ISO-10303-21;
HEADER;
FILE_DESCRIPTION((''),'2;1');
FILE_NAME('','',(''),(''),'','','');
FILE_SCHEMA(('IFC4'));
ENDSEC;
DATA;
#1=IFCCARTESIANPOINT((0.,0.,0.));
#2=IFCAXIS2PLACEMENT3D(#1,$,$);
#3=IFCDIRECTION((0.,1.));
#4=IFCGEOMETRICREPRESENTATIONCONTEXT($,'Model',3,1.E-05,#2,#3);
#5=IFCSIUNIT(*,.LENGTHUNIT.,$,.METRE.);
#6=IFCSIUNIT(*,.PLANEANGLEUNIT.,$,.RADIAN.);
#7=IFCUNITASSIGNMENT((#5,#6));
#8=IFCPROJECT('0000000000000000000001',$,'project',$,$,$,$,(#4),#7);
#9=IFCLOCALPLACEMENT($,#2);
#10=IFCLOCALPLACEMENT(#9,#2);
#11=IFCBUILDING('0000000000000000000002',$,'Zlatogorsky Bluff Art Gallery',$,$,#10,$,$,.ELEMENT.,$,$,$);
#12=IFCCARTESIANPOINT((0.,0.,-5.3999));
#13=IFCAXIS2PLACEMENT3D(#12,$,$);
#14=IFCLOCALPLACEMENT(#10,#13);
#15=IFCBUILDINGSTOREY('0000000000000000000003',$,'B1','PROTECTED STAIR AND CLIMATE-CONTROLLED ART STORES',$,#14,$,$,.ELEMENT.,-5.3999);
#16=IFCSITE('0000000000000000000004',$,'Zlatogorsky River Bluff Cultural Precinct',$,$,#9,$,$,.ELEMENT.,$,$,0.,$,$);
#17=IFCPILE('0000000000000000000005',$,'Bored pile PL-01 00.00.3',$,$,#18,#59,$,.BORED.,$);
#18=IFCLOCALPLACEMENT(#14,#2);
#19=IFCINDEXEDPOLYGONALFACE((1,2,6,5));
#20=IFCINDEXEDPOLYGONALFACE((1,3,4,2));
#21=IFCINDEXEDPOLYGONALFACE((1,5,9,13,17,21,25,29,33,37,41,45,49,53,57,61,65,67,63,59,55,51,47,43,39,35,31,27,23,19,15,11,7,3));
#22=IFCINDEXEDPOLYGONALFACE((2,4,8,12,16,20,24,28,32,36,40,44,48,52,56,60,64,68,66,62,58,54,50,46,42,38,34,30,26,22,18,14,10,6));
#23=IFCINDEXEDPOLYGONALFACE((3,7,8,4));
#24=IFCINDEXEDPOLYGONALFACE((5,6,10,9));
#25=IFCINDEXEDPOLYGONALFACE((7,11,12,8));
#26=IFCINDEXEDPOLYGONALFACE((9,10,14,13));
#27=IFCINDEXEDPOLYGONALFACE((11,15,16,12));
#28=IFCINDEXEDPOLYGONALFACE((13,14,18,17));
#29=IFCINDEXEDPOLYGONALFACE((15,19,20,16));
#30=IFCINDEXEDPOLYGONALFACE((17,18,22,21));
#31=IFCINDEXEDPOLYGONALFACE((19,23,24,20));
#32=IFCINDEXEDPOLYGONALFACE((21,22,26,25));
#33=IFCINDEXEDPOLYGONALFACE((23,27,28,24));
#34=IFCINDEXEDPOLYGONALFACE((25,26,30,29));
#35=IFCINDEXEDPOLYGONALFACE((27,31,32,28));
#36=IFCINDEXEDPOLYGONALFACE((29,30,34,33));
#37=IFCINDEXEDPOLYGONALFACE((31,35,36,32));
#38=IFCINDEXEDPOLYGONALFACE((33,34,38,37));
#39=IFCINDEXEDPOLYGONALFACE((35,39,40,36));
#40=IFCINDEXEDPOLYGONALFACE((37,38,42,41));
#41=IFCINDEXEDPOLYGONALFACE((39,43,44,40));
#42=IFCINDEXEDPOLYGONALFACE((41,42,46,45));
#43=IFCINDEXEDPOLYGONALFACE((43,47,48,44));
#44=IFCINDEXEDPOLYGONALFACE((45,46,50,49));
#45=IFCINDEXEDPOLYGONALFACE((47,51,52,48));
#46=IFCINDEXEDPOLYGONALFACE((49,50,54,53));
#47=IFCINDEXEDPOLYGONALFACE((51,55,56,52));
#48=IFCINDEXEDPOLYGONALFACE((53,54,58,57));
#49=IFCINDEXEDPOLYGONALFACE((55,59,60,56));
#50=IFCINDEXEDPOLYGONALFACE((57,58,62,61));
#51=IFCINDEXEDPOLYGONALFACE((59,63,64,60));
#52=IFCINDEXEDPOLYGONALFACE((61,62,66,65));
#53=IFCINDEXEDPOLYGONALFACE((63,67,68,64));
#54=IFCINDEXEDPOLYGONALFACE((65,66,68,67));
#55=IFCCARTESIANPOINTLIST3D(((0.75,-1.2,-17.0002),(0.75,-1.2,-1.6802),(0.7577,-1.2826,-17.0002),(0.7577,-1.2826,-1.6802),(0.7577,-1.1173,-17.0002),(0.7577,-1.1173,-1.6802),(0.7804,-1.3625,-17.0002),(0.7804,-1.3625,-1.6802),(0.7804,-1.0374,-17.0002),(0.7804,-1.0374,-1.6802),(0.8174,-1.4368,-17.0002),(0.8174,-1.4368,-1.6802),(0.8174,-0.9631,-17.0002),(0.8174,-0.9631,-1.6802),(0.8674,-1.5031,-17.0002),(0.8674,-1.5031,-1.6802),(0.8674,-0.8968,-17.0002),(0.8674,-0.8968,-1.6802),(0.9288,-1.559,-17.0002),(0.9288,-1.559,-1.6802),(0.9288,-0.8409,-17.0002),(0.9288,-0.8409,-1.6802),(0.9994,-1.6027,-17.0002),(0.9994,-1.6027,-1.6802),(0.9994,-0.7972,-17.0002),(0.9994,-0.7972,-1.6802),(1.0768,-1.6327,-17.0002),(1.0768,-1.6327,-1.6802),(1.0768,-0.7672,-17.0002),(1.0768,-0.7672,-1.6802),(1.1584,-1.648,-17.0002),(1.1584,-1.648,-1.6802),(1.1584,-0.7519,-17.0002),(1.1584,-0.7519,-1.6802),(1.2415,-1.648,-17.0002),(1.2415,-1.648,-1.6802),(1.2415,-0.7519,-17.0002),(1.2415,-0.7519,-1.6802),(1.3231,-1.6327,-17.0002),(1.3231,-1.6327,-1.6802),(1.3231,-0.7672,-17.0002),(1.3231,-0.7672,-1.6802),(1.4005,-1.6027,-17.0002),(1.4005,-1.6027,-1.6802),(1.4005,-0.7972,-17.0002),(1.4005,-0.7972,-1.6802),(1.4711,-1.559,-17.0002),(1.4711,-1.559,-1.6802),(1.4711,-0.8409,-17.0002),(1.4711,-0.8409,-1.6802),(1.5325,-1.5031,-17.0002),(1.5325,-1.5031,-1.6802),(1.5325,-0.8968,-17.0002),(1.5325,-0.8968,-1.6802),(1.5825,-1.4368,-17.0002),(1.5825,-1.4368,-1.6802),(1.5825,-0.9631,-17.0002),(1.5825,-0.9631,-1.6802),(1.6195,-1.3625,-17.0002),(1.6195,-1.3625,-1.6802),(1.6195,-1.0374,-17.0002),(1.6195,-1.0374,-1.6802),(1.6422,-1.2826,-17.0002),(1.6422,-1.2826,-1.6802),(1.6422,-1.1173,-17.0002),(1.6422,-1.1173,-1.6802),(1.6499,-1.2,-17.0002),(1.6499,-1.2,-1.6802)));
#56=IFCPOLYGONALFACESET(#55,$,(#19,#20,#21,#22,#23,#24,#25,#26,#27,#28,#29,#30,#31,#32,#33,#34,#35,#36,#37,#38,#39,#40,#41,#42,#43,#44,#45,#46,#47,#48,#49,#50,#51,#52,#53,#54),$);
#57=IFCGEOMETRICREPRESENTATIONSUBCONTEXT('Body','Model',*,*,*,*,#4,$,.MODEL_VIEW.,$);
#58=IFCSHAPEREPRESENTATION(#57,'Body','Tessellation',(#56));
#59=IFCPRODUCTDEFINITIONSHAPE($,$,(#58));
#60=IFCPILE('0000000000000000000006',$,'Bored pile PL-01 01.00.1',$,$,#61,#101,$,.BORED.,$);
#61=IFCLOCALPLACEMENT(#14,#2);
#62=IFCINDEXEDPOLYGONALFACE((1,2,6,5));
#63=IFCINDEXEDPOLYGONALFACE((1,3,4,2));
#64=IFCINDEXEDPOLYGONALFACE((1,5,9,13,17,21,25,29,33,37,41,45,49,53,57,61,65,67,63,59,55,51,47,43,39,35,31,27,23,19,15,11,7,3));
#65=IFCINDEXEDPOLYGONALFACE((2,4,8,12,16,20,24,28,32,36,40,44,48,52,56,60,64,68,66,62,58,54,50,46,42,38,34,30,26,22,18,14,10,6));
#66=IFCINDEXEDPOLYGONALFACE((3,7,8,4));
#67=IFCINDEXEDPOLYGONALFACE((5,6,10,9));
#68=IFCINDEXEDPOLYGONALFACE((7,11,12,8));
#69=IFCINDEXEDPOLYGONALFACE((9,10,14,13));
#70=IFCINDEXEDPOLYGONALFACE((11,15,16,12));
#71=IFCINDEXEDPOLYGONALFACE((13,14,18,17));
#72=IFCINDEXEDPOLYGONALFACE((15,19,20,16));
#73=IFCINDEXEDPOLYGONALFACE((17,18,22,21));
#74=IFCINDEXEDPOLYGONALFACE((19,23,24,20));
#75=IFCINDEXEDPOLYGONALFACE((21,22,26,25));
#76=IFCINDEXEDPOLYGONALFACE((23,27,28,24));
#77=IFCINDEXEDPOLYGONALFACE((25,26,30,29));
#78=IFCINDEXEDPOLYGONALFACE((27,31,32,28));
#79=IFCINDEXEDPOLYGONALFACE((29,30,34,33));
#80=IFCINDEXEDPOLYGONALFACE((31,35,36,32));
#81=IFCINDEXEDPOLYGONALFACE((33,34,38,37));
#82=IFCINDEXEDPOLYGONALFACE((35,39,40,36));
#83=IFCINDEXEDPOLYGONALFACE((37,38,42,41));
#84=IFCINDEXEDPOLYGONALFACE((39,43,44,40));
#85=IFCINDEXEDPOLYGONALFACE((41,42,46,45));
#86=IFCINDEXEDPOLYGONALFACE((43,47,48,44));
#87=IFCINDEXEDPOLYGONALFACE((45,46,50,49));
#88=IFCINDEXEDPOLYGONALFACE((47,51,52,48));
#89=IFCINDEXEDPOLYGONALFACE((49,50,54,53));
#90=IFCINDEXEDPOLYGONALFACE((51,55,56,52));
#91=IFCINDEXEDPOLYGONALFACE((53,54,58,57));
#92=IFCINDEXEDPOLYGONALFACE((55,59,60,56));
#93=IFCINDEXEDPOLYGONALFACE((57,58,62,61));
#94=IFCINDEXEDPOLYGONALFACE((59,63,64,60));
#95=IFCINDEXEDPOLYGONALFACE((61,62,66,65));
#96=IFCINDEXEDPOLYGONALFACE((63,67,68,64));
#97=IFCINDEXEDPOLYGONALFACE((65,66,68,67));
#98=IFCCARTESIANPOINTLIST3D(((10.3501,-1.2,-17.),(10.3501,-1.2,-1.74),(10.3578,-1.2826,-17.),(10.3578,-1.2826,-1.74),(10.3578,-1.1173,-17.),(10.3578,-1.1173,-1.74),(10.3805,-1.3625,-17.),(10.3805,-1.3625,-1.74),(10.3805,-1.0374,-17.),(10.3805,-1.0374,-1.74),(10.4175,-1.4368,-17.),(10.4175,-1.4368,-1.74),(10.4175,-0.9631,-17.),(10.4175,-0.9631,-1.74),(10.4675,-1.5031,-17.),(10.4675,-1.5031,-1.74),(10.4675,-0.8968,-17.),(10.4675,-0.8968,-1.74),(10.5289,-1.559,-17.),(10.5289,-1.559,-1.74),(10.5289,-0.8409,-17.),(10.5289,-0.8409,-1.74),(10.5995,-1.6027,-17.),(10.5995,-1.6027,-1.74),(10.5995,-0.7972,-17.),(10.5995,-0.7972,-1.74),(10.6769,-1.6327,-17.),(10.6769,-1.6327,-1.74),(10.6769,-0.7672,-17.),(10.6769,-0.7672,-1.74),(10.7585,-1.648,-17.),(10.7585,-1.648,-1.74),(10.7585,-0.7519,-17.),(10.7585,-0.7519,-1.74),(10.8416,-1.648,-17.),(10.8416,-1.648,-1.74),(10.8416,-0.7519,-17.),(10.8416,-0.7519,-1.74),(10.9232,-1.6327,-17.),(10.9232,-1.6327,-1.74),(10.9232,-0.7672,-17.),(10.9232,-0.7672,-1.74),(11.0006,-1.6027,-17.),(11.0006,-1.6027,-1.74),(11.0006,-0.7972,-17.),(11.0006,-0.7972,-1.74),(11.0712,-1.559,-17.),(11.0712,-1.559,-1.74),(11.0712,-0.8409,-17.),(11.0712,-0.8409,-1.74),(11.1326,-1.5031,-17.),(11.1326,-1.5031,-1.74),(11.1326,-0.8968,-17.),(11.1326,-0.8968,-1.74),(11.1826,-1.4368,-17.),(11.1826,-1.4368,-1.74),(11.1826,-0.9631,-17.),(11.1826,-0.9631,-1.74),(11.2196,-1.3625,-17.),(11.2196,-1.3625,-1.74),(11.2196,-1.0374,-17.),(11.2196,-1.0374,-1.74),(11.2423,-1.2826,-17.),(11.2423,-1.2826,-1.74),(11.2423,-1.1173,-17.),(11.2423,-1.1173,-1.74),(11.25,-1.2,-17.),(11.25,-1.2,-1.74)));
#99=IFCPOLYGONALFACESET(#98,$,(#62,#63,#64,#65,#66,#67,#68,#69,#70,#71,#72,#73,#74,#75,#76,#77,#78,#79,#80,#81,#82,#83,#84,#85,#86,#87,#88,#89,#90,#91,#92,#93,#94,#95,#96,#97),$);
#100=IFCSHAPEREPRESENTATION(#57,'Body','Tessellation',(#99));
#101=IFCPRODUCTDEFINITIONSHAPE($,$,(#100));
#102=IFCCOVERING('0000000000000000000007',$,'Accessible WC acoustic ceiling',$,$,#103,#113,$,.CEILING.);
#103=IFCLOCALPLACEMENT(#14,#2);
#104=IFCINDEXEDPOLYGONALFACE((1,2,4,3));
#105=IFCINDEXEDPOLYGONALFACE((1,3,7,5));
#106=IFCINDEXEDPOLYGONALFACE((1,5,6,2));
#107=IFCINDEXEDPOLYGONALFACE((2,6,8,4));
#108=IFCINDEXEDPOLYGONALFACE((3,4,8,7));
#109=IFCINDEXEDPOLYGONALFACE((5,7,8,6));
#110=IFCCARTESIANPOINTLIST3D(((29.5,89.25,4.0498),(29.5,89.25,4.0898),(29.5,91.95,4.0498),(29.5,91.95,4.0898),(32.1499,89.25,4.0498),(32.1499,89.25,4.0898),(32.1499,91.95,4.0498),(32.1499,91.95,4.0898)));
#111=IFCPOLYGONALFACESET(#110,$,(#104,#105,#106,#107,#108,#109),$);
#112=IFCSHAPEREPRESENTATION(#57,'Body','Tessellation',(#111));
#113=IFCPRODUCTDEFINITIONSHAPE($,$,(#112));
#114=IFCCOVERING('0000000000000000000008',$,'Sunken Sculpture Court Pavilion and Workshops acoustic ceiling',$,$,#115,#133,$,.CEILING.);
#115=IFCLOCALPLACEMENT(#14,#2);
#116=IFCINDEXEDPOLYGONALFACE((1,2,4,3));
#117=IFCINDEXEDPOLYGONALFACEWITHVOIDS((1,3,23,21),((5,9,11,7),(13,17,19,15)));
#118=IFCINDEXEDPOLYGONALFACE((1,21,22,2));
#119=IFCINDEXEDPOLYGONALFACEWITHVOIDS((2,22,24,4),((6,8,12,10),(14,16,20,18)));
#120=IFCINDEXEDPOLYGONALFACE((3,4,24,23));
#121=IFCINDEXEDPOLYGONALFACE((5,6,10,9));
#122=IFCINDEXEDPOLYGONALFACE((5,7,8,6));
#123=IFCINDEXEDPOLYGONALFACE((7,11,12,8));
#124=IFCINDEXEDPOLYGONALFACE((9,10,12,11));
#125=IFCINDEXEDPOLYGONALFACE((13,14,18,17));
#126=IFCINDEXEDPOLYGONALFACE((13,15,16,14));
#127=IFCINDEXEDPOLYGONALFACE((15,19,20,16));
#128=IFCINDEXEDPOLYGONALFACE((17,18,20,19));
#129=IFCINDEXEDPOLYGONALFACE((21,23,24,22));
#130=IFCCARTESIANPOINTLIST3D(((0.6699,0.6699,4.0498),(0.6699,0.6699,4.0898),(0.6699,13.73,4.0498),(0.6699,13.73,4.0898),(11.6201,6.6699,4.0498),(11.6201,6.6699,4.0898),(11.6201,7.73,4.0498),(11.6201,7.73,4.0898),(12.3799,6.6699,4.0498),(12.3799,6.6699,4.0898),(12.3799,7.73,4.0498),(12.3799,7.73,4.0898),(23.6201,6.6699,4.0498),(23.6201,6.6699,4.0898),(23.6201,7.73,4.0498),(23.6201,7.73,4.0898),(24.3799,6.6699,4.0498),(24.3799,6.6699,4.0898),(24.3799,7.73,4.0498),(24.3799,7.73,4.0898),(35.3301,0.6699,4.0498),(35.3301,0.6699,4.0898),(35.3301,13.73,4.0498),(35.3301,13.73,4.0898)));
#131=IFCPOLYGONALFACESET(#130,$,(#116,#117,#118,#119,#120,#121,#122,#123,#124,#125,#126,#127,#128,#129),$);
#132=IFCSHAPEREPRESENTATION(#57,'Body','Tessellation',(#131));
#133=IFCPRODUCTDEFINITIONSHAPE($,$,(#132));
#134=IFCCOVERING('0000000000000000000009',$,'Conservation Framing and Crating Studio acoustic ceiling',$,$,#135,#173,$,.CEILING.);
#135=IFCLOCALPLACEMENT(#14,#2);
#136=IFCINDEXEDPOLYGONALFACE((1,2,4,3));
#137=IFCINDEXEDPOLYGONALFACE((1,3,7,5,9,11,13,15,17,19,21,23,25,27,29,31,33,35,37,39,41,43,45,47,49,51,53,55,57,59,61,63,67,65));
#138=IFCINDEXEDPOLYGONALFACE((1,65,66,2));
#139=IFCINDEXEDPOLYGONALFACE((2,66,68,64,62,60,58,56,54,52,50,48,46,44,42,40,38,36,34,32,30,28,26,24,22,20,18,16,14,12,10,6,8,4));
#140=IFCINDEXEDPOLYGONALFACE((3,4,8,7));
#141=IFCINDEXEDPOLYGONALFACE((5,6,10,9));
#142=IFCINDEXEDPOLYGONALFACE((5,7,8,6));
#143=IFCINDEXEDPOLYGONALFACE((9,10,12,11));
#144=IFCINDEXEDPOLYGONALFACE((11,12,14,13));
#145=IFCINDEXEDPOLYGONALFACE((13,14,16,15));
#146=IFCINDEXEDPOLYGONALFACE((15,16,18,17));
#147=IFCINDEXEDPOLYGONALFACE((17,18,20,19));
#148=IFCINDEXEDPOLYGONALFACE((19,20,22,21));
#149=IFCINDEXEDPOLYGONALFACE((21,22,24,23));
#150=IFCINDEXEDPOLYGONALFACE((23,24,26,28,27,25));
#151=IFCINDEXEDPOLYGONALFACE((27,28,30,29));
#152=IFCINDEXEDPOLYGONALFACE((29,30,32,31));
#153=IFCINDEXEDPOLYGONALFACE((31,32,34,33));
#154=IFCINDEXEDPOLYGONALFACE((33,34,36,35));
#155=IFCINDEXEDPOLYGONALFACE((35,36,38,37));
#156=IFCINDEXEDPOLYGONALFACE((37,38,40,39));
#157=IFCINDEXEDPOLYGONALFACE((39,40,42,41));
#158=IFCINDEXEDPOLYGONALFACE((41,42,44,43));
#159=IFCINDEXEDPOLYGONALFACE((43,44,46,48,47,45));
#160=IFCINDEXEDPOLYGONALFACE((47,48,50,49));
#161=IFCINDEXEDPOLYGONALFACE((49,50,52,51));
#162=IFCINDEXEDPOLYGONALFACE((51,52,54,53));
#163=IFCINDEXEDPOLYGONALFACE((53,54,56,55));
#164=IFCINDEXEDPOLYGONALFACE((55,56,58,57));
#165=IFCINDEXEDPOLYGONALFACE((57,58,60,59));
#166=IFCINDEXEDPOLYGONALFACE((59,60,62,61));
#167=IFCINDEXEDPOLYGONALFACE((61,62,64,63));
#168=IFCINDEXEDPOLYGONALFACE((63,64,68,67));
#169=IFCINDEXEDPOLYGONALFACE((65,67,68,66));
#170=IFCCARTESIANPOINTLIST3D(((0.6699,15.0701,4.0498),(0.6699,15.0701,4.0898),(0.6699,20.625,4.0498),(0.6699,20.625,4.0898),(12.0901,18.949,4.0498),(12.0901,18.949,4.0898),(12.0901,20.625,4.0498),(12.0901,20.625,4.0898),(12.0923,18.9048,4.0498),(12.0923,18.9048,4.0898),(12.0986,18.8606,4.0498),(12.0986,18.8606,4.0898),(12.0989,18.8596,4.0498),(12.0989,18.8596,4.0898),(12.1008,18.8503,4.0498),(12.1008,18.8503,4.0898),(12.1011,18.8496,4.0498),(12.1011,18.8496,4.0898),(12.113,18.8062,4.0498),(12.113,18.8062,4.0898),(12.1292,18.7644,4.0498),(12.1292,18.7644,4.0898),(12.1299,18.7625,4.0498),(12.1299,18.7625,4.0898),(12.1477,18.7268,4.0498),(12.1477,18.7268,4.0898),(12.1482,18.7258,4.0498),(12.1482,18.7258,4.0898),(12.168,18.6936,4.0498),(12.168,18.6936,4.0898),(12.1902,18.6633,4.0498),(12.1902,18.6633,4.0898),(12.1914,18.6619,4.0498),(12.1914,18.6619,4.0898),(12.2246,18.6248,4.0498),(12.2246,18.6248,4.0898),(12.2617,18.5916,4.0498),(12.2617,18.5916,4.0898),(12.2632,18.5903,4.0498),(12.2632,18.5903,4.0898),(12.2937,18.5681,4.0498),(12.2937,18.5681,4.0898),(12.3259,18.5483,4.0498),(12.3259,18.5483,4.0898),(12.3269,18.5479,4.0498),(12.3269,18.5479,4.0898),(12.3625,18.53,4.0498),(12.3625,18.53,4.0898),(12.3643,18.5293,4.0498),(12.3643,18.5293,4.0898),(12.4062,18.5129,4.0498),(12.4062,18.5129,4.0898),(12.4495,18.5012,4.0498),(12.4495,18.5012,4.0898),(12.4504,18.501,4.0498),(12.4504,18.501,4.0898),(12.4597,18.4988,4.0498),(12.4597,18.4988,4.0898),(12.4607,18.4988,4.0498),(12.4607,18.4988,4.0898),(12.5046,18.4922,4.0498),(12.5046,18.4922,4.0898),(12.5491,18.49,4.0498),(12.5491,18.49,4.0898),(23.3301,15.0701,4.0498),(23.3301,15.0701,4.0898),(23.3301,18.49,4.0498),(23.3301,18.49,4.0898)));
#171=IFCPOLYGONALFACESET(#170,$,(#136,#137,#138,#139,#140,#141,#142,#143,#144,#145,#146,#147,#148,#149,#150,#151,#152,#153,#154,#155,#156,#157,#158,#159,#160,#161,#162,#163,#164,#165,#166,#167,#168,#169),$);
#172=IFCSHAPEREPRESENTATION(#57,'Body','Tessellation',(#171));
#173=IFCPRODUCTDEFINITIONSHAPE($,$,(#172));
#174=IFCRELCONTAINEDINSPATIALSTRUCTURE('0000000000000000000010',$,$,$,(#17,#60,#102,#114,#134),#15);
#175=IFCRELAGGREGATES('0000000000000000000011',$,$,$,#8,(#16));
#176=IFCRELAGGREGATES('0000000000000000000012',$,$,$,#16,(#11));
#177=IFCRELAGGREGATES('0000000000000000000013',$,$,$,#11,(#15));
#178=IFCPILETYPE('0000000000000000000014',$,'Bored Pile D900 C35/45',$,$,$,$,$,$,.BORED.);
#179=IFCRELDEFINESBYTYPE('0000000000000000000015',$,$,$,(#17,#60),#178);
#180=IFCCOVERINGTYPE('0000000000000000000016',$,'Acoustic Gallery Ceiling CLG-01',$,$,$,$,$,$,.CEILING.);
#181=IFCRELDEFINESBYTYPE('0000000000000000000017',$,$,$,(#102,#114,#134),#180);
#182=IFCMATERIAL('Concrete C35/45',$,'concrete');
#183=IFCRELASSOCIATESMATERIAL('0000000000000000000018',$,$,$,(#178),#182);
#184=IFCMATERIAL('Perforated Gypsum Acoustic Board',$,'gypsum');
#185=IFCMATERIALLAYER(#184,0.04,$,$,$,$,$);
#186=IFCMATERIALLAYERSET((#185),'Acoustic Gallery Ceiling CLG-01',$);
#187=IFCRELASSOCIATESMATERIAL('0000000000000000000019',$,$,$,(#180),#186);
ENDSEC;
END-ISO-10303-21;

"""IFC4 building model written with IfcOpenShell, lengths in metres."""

from ifc_helpers import new_model, si_unit, direction, frame, origin, origin_2d, place, context, subcontext, project, spatial, polyline, circle, outline, extrude, material, layer, layer_set, material_profile, profile_set, type_object, element, save


model = new_model("IFC4")

# Units and contexts
model_context = context("Model", 3, precision=1e-05, world=origin(), true_north=direction((0.0, 1.0)))
body_context = subcontext(model_context, "Body", "Model", "MODEL_VIEW")
ifc_project = project(units=[si_unit("LENGTHUNIT", "METRE"), si_unit("PLANEANGLEUNIT", "RADIAN")], contexts=[model_context])

# Site, building, storey
site_placement = place(None, origin())
site = spatial("IfcSite", under=ifc_project, at=site_placement, Name="Zlatogorsky River Bluff Cultural Precinct", CompositionType="ELEMENT", RefElevation=0.0)
building_placement = place(site_placement, origin())
building = spatial("IfcBuilding", under=site, at=building_placement, Name="Zlatogorsky Bluff Art Gallery", CompositionType="ELEMENT")
storey_placement = place(building_placement, frame((0.0, 0.0, -5.3999)))
storey = spatial("IfcBuildingStorey", under=building, at=storey_placement, Name="B1", Description="PROTECTED STAIR AND CLIMATE-CONTROLLED ART STORES", CompositionType="ELEMENT", Elevation=-5.3999)

# Piles
ifc_material_1 = material(Name="Concrete C35/45", Category="concrete")
ifc_material_profile = material_profile(ifc_material_1, circle(Radius=0.45, at=origin_2d()), Name="BORED PILE D900")
ifc_profile_set = profile_set([ifc_material_profile], Name="Concrete C35/45")
pile_type = type_object("IfcPileType", Name="Bored Pile D900 C35/45", PredefinedType="BORED", material=ifc_profile_set)
pile_1_placement = place(storey_placement, frame((1.2, -1.2, -1.6802), z_axis=(0.0, 0.0, -1.0), x_axis=(1.0, 0.0, 0.0)))
element("IfcPile", 1, at=pile_1_placement, inside=storey, type_object=pile_type, Name="Bored pile PL-01 00.00.3", PredefinedType="BORED", context=body_context, shape_type="SweptSolid", body=[
    extrude(circle(Radius=0.45, at=origin_2d()), origin(), (0.0, 0.0, 1.0), 15.3201),
])
pile_2_placement = place(storey_placement, frame((10.8, -1.2, -1.74), z_axis=(0.0, 0.0, -1.0), x_axis=(1.0, 0.0, 0.0)))
element("IfcPile", 2, at=pile_2_placement, inside=storey, type_object=pile_type, Name="Bored pile PL-01 01.00.1", PredefinedType="BORED", context=body_context, shape_type="SweptSolid", body=[
    extrude(circle(Radius=0.45, at=origin_2d()), origin(), (0.0, 0.0, 1.0), 15.26),
])

# Coverings
ifc_material_2 = material(Name="Perforated Gypsum Acoustic Board", Category="gypsum")
ifc_layer_1 = layer(ifc_material_2, 0.04)
ifc_layer_set_1 = layer_set([ifc_layer_1], Name="Acoustic Gallery Ceiling CLG-01")
covering_type_1 = type_object("IfcCoveringType", Name="Acoustic Gallery Ceiling CLG-01", PredefinedType="CEILING", material=ifc_layer_set_1)
covering_1_placement = place(storey_placement, frame((0.0, 0.0, 4.0498)))
element("IfcCovering", 3, at=covering_1_placement, inside=storey, type_object=covering_type_1, Name="Accessible WC acoustic ceiling", PredefinedType="CEILING", context=body_context, shape_type="SweptSolid", body=[
    extrude(outline(polyline([(32.1499, 89.25), (29.5, 89.25), (29.5, 91.95), (32.1499, 91.95), (32.1499, 89.25)])), origin(), (0.0, 0.0, 1.0), 0.04),
])
covering_2_placement = place(storey_placement, frame((0.0, 0.0, 4.0498)))
element("IfcCovering", 4, at=covering_2_placement, inside=storey, type_object=covering_type_1, Name="Sunken Sculpture Court Pavilion and Workshops acoustic ceiling", PredefinedType="CEILING", context=body_context, shape_type="SweptSolid", body=[
    extrude(outline(polyline([(35.3301, 13.73), (35.3301, 0.6699), (0.6699, 0.6699), (0.6699, 13.73), (35.3301, 13.73)]), holes=[polyline([(11.6201, 6.6699), (12.3799, 6.6699), (12.3799, 7.73), (11.6201, 7.73), (11.6201, 6.6699)]), polyline([(23.6201, 6.6699), (24.3799, 6.6699), (24.3799, 7.73), (23.6201, 7.73), (23.6201, 6.6699)])]), origin(), (0.0, 0.0, 1.0), 0.04),
])
covering_3_placement = place(storey_placement, frame((0.0, 0.0, 4.0498)))
element("IfcCovering", 5, at=covering_3_placement, inside=storey, type_object=covering_type_1, Name="Conservation Framing and Crating Studio acoustic ceiling", PredefinedType="CEILING", context=body_context, shape_type="SweptSolid", body=[
    extrude(outline(polyline([(0.6699, 15.0701), (0.6699, 20.625), (12.0901, 20.625), (12.0901, 18.949), (12.0923, 18.9048), (12.0986, 18.8606), (12.0989, 18.8596), (12.1008, 18.8503), (12.1011, 18.8496), (12.113, 18.8062), (12.1292, 18.7644), (12.1299, 18.7625), (12.1477, 18.7268), (12.1482, 18.7258), (12.168, 18.6936), (12.1902, 18.6633), (12.1914, 18.6619), (12.2246, 18.6248), (12.2617, 18.5916), (12.2632, 18.5903), (12.2937, 18.5681), (12.3259, 18.5483), (12.3269, 18.5479), (12.3625, 18.53), (12.3643, 18.5293), (12.4062, 18.5129), (12.4495, 18.5012), (12.4504, 18.501), (12.4597, 18.4988), (12.4607, 18.4988), (12.5046, 18.4922), (12.5491, 18.49), (23.3301, 18.49), (23.3301, 15.0701), (0.6699, 15.0701)])), origin(), (0.0, 0.0, 1.0), 0.04),
])

save(model, "model.ifc")
